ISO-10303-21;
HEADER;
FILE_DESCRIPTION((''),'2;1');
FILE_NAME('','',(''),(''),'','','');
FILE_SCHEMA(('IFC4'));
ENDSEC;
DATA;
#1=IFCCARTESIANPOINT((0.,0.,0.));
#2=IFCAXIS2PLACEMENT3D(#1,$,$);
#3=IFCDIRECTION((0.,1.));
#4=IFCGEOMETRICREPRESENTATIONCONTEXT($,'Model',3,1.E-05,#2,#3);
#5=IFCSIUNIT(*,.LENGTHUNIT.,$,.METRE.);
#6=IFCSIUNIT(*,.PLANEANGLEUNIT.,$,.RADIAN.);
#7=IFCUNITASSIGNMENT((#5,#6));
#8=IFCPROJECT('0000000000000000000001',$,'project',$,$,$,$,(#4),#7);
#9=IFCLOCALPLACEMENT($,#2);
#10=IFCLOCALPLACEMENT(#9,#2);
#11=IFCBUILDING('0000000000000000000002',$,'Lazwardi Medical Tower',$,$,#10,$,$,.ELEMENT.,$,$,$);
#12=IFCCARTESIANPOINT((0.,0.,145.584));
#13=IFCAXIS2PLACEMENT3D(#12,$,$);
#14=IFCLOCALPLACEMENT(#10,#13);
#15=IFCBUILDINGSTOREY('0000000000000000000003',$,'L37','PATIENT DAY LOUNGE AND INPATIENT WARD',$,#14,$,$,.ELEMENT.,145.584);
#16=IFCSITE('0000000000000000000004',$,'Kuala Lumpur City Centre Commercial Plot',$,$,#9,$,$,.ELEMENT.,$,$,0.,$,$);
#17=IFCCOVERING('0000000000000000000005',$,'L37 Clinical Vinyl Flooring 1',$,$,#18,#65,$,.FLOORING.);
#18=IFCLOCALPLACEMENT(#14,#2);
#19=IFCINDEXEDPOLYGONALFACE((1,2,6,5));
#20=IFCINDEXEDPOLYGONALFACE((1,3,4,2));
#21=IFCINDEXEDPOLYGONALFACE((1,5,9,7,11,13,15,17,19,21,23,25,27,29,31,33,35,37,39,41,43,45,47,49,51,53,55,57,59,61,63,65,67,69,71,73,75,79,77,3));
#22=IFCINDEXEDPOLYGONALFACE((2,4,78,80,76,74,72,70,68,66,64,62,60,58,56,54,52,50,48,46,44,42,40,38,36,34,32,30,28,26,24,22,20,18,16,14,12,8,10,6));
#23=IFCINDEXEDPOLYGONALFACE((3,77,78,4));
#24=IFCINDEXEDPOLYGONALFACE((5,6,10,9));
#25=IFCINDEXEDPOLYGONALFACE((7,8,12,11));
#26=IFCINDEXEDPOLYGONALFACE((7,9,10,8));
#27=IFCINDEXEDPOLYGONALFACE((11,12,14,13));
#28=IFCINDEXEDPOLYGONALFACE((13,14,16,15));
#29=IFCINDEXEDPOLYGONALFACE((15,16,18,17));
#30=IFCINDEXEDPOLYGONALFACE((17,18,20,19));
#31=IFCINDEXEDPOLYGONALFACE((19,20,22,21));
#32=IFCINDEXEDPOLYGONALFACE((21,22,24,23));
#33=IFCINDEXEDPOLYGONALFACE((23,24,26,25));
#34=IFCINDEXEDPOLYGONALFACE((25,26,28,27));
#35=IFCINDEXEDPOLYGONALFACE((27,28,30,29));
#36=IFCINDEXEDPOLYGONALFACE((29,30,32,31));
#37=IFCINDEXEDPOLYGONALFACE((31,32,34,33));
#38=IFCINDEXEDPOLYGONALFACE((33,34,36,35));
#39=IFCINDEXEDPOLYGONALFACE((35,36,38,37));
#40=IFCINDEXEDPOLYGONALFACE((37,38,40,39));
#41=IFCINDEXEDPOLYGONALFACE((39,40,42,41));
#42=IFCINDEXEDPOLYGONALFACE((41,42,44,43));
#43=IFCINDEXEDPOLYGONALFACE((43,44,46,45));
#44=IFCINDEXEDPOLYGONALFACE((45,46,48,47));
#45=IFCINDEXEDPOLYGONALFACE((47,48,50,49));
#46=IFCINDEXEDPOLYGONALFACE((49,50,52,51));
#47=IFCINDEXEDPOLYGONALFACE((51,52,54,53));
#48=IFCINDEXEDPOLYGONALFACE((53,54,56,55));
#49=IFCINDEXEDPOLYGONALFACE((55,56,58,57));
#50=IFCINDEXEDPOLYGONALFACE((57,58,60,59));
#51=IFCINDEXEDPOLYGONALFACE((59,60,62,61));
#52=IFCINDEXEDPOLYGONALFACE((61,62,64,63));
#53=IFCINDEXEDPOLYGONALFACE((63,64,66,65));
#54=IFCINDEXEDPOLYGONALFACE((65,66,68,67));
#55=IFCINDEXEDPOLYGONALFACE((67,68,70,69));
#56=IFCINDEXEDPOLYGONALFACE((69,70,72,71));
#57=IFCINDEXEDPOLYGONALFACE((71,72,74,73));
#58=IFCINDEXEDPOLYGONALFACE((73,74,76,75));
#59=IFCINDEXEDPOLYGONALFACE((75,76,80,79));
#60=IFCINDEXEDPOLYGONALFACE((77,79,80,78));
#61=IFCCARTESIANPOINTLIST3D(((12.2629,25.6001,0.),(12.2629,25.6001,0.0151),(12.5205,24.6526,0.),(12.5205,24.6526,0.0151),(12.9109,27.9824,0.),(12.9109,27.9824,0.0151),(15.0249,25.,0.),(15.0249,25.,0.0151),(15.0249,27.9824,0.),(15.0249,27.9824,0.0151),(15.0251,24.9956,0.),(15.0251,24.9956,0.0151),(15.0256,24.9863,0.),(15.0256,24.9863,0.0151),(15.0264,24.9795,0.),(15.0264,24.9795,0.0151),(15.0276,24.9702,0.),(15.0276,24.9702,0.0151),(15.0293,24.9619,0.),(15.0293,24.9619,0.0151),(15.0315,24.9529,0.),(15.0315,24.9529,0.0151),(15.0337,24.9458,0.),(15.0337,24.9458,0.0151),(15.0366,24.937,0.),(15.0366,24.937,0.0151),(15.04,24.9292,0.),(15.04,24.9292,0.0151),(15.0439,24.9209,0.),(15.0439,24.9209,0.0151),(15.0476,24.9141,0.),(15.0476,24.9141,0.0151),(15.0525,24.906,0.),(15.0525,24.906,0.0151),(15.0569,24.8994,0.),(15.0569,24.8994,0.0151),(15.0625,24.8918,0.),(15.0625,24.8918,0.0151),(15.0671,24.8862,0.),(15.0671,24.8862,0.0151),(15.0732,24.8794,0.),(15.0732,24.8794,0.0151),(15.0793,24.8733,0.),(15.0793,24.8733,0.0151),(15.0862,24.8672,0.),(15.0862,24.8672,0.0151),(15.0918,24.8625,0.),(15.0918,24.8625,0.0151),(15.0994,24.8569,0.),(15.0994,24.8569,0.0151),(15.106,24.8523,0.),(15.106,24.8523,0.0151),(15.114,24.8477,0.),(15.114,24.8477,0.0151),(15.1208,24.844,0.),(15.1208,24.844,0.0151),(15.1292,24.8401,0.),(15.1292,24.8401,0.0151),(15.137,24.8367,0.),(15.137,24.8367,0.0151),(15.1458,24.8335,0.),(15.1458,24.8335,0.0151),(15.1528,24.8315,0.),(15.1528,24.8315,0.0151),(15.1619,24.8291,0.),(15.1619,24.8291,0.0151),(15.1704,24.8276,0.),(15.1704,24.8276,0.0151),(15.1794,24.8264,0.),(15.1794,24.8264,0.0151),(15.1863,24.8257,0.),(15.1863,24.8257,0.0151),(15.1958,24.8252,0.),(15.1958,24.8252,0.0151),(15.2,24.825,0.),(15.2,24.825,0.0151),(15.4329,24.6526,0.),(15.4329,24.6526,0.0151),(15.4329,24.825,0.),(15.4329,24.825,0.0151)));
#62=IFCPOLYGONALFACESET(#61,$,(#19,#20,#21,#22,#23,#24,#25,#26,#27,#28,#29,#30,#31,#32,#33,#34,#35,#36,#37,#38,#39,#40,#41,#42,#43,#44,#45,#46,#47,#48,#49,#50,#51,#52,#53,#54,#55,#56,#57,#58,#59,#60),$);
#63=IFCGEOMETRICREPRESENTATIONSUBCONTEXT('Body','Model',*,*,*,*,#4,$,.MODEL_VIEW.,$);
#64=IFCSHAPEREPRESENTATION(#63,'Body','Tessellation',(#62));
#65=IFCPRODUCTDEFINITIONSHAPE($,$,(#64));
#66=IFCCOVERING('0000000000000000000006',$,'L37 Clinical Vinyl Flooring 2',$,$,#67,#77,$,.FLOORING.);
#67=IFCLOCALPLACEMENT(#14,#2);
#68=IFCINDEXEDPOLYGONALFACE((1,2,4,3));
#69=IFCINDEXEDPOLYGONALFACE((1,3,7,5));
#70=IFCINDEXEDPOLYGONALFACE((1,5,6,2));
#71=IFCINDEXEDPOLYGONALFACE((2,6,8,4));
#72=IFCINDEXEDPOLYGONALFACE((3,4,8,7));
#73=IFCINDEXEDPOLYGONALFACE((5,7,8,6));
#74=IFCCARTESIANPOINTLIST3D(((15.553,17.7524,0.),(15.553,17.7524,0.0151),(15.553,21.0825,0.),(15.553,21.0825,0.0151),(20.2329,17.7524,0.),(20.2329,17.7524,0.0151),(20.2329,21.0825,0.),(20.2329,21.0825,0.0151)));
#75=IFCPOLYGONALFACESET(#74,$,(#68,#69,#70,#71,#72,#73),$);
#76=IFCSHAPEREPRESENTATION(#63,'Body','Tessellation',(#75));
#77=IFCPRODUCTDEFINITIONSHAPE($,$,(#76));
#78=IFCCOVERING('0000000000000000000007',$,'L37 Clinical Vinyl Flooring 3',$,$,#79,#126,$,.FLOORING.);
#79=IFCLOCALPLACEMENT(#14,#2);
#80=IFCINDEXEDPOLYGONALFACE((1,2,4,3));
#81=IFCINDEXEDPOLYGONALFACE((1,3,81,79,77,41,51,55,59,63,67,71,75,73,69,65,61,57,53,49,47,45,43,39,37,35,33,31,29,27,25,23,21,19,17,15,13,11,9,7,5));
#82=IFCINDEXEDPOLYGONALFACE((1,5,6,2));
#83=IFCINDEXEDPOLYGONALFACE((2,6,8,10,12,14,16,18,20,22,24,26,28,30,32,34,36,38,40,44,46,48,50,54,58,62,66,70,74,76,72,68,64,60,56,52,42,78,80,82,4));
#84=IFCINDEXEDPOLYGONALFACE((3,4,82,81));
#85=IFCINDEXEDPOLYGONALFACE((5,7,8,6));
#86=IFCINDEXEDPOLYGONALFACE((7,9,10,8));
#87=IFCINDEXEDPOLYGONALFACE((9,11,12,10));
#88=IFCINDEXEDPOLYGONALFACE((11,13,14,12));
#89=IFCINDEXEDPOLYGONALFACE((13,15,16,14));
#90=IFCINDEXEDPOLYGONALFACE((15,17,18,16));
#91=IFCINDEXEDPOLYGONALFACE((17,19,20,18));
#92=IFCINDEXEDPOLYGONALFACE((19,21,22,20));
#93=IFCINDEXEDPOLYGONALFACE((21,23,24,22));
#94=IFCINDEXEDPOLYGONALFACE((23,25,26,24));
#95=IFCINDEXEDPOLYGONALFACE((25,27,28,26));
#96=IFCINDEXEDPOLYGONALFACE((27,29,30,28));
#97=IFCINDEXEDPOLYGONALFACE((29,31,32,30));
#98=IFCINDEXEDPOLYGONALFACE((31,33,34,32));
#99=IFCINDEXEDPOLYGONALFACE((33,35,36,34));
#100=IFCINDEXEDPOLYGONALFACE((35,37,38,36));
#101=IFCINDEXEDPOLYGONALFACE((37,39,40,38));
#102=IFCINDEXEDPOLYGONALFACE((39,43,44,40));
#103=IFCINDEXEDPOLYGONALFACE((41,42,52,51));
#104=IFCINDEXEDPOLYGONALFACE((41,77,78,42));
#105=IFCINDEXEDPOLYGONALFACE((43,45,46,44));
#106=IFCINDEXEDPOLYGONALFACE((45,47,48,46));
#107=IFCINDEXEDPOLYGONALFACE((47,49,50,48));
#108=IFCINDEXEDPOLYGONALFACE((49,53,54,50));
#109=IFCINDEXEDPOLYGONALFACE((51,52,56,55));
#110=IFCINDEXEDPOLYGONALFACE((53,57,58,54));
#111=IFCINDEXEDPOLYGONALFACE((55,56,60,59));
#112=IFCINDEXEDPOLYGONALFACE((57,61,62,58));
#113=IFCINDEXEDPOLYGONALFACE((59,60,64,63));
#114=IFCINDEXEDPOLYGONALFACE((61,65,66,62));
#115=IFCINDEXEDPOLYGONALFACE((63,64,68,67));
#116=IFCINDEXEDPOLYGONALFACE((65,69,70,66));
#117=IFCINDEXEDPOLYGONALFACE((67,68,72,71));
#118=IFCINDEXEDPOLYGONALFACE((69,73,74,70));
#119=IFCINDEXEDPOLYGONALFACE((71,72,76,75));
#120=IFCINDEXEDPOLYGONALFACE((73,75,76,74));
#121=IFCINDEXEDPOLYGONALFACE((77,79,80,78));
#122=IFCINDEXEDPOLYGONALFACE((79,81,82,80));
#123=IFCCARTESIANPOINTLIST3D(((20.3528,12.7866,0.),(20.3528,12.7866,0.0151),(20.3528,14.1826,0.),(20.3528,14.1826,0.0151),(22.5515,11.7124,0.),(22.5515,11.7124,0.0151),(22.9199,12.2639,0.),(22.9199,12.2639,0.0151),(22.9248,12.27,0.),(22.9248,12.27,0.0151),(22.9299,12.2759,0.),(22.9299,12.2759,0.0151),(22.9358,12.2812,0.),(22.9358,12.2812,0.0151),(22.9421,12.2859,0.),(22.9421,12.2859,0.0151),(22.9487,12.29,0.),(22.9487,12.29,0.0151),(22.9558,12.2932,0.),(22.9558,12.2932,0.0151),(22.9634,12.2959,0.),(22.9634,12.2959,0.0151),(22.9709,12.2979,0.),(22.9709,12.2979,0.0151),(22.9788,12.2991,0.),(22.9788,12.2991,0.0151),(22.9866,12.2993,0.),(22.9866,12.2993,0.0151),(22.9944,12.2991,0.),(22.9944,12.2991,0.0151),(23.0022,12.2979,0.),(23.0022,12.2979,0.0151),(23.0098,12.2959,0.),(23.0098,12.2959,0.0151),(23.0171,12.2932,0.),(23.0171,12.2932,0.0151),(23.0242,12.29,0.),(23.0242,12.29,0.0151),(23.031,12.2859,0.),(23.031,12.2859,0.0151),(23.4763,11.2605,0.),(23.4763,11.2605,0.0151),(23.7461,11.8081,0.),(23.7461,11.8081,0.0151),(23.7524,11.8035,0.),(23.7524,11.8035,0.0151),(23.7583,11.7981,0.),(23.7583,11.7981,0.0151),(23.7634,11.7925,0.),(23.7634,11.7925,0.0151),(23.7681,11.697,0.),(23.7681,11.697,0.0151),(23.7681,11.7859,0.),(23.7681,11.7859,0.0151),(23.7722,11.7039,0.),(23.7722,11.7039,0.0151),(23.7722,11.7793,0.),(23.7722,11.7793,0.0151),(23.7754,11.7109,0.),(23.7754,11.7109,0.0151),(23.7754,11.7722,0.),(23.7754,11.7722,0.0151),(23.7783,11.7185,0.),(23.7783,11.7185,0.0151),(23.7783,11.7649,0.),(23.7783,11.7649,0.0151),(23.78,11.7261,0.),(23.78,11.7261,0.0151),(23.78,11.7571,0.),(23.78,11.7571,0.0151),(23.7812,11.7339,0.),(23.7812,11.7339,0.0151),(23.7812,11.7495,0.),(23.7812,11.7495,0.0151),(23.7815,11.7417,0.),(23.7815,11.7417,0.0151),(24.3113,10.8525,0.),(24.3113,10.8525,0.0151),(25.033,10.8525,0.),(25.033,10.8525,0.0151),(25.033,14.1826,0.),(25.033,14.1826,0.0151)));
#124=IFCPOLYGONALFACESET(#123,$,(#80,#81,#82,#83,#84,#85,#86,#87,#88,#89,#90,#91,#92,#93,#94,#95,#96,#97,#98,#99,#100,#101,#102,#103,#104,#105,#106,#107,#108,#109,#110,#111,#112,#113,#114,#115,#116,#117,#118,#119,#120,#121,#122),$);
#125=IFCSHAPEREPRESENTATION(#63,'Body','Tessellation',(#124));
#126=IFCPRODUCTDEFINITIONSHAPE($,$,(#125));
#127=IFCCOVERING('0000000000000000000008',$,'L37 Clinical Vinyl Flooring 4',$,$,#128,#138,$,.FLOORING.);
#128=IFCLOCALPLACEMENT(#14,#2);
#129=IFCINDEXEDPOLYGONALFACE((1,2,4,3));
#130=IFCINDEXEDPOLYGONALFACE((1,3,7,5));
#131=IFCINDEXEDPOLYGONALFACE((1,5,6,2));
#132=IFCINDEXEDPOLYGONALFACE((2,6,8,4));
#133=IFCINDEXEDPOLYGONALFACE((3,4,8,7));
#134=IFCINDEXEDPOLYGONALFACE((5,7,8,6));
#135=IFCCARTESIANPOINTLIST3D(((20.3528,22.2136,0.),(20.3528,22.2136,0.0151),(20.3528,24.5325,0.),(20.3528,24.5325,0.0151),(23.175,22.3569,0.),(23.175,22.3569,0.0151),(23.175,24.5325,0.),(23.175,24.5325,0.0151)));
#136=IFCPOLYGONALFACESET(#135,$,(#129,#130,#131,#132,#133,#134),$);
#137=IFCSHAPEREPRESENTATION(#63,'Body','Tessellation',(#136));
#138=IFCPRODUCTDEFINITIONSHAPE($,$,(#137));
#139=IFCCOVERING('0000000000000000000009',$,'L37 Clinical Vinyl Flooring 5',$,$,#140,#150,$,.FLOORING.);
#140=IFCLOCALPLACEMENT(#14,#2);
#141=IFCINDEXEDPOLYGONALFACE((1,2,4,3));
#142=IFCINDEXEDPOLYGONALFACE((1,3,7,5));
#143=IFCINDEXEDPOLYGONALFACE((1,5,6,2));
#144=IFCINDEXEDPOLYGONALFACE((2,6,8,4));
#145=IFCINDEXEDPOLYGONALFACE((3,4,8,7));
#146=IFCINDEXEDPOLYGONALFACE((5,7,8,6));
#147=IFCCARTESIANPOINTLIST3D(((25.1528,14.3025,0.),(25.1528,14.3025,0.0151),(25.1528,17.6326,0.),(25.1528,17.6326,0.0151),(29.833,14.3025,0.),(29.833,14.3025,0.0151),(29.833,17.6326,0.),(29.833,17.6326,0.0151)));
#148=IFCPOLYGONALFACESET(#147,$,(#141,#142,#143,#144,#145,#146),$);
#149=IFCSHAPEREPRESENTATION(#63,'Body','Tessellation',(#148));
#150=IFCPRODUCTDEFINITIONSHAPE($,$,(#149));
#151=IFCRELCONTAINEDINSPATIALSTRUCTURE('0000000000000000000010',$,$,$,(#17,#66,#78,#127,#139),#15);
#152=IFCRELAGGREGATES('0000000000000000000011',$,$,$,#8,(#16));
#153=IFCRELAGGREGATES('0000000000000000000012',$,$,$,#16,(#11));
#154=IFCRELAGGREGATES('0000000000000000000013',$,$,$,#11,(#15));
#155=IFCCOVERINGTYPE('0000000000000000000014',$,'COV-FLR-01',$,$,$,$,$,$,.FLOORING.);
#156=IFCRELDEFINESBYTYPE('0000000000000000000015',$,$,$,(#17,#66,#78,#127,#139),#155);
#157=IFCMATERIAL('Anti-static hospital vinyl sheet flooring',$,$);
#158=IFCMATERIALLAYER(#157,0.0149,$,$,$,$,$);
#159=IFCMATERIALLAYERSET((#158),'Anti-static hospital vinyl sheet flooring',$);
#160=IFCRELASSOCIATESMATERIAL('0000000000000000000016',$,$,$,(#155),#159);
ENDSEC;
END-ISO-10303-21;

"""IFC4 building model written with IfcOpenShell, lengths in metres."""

from ifc_helpers import new_model, si_unit, direction, frame, origin, place, context, subcontext, project, spatial, polyline, outline, extrude, material, layer, layer_set, type_object, element, save


model = new_model("IFC4")

# Units and contexts
model_context = context("Model", 3, precision=1e-05, world=origin(), true_north=direction((0.0, 1.0)))
body_context = subcontext(model_context, "Body", "Model", "MODEL_VIEW")
ifc_project = project(units=[si_unit("LENGTHUNIT", "METRE"), si_unit("PLANEANGLEUNIT", "RADIAN")], contexts=[model_context])

# Site, building, storey
site_placement = place(None, origin())
site = spatial("IfcSite", under=ifc_project, at=site_placement, Name="Kuala Lumpur City Centre Commercial Plot", CompositionType="ELEMENT", RefElevation=0.0)
building_placement = place(site_placement, origin())
building = spatial("IfcBuilding", under=site, at=building_placement, Name="Lazwardi Medical Tower", CompositionType="ELEMENT")
storey_placement = place(building_placement, frame((0.0, 0.0, 145.584)))
storey = spatial("IfcBuildingStorey", under=building, at=storey_placement, Name="L37", Description="PATIENT DAY LOUNGE AND INPATIENT WARD", CompositionType="ELEMENT", Elevation=145.584)

# Coverings
ifc_material_1 = material(Name="Anti-static hospital vinyl sheet flooring")
ifc_layer_1 = layer(ifc_material_1, 0.0149)
ifc_layer_set_1 = layer_set([ifc_layer_1], Name="Anti-static hospital vinyl sheet flooring")
covering_type_1 = type_object("IfcCoveringType", Name="COV-FLR-01", PredefinedType="FLOORING", material=ifc_layer_set_1)
covering_1_placement = place(storey_placement, origin())
element("IfcCovering", 1, at=covering_1_placement, inside=storey, type_object=covering_type_1, Name="L37 Clinical Vinyl Flooring 1", PredefinedType="FLOORING", context=body_context, shape_type="SweptSolid", body=[
    extrude(outline(polyline([(15.4329, 24.825), (15.2, 24.825), (15.1958, 24.8252), (15.1863, 24.8257), (15.1794, 24.8264), (15.1704, 24.8276), (15.1619, 24.8291), (15.1528, 24.8315), (15.1458, 24.8335), (15.137, 24.8367), (15.1292, 24.8401), (15.1208, 24.844), (15.114, 24.8477), (15.106, 24.8523), (15.0994, 24.8569), (15.0918, 24.8625), (15.0862, 24.8672), (15.0793, 24.8733), (15.0732, 24.8794), (15.0671, 24.8862), (15.0625, 24.8918), (15.0569, 24.8994), (15.0525, 24.906), (15.0476, 24.9141), (15.0439, 24.9209), (15.04, 24.9292), (15.0366, 24.937), (15.0337, 24.9458), (15.0315, 24.9529), (15.0293, 24.9619), (15.0276, 24.9702), (15.0264, 24.9795), (15.0256, 24.9863), (15.0251, 24.9956), (15.0249, 25.0), (15.0249, 27.9824), (12.9109, 27.9824), (12.2629, 25.6001), (12.5205, 24.6526), (15.4329, 24.6526), (15.4329, 24.825)])), origin(), (0.0, 0.0, 1.0), 0.0151),
])
covering_2_placement = place(storey_placement, origin())
element("IfcCovering", 2, at=covering_2_placement, inside=storey, type_object=covering_type_1, Name="L37 Clinical Vinyl Flooring 2", PredefinedType="FLOORING", context=body_context, shape_type="SweptSolid", body=[
    extrude(outline(polyline([(20.2329, 17.7524), (20.2329, 21.0825), (15.553, 21.0825), (15.553, 17.7524), (20.2329, 17.7524)])), origin(), (0.0, 0.0, 1.0), 0.0151),
])
covering_3_placement = place(storey_placement, origin())
element("IfcCovering", 3, at=covering_3_placement, inside=storey, type_object=covering_type_1, Name="L37 Clinical Vinyl Flooring 3", PredefinedType="FLOORING", context=body_context, shape_type="SweptSolid", body=[
    extrude(outline(polyline([(20.3528, 12.7866), (22.5515, 11.7124), (22.9199, 12.2639), (22.9248, 12.27), (22.9299, 12.2759), (22.9358, 12.2812), (22.9421, 12.2859), (22.9487, 12.29), (22.9558, 12.2932), (22.9634, 12.2959), (22.9709, 12.2979), (22.9788, 12.2991), (22.9866, 12.2993), (22.9944, 12.2991), (23.0022, 12.2979), (23.0098, 12.2959), (23.0171, 12.2932), (23.0242, 12.29), (23.031, 12.2859), (23.7461, 11.8081), (23.7524, 11.8035), (23.7583, 11.7981), (23.7634, 11.7925), (23.7681, 11.7859), (23.7722, 11.7793), (23.7754, 11.7722), (23.7783, 11.7649), (23.78, 11.7571), (23.7812, 11.7495), (23.7815, 11.7417), (23.7812, 11.7339), (23.78, 11.7261), (23.7783, 11.7185), (23.7754, 11.7109), (23.7722, 11.7039), (23.7681, 11.697), (23.4763, 11.2605), (24.3113, 10.8525), (25.033, 10.8525), (25.033, 14.1826), (20.3528, 14.1826), (20.3528, 12.7866)])), origin(), (0.0, 0.0, 1.0), 0.0151),
])
covering_4_placement = place(storey_placement, origin())
element("IfcCovering", 4, at=covering_4_placement, inside=storey, type_object=covering_type_1, Name="L37 Clinical Vinyl Flooring 4", PredefinedType="FLOORING", context=body_context, shape_type="SweptSolid", body=[
    extrude(outline(polyline([(20.3528, 22.2136), (23.175, 22.3569), (23.175, 24.5325), (20.3528, 24.5325), (20.3528, 22.2136)])), origin(), (0.0, 0.0, 1.0), 0.0151),
])
covering_5_placement = place(storey_placement, origin())
element("IfcCovering", 5, at=covering_5_placement, inside=storey, type_object=covering_type_1, Name="L37 Clinical Vinyl Flooring 5", PredefinedType="FLOORING", context=body_context, shape_type="SweptSolid", body=[
    extrude(outline(polyline([(29.833, 14.3025), (29.833, 17.6326), (25.1528, 17.6326), (25.1528, 14.3025), (29.833, 14.3025)])), origin(), (0.0, 0.0, 1.0), 0.0151),
])

save(model, "model.ifc")
